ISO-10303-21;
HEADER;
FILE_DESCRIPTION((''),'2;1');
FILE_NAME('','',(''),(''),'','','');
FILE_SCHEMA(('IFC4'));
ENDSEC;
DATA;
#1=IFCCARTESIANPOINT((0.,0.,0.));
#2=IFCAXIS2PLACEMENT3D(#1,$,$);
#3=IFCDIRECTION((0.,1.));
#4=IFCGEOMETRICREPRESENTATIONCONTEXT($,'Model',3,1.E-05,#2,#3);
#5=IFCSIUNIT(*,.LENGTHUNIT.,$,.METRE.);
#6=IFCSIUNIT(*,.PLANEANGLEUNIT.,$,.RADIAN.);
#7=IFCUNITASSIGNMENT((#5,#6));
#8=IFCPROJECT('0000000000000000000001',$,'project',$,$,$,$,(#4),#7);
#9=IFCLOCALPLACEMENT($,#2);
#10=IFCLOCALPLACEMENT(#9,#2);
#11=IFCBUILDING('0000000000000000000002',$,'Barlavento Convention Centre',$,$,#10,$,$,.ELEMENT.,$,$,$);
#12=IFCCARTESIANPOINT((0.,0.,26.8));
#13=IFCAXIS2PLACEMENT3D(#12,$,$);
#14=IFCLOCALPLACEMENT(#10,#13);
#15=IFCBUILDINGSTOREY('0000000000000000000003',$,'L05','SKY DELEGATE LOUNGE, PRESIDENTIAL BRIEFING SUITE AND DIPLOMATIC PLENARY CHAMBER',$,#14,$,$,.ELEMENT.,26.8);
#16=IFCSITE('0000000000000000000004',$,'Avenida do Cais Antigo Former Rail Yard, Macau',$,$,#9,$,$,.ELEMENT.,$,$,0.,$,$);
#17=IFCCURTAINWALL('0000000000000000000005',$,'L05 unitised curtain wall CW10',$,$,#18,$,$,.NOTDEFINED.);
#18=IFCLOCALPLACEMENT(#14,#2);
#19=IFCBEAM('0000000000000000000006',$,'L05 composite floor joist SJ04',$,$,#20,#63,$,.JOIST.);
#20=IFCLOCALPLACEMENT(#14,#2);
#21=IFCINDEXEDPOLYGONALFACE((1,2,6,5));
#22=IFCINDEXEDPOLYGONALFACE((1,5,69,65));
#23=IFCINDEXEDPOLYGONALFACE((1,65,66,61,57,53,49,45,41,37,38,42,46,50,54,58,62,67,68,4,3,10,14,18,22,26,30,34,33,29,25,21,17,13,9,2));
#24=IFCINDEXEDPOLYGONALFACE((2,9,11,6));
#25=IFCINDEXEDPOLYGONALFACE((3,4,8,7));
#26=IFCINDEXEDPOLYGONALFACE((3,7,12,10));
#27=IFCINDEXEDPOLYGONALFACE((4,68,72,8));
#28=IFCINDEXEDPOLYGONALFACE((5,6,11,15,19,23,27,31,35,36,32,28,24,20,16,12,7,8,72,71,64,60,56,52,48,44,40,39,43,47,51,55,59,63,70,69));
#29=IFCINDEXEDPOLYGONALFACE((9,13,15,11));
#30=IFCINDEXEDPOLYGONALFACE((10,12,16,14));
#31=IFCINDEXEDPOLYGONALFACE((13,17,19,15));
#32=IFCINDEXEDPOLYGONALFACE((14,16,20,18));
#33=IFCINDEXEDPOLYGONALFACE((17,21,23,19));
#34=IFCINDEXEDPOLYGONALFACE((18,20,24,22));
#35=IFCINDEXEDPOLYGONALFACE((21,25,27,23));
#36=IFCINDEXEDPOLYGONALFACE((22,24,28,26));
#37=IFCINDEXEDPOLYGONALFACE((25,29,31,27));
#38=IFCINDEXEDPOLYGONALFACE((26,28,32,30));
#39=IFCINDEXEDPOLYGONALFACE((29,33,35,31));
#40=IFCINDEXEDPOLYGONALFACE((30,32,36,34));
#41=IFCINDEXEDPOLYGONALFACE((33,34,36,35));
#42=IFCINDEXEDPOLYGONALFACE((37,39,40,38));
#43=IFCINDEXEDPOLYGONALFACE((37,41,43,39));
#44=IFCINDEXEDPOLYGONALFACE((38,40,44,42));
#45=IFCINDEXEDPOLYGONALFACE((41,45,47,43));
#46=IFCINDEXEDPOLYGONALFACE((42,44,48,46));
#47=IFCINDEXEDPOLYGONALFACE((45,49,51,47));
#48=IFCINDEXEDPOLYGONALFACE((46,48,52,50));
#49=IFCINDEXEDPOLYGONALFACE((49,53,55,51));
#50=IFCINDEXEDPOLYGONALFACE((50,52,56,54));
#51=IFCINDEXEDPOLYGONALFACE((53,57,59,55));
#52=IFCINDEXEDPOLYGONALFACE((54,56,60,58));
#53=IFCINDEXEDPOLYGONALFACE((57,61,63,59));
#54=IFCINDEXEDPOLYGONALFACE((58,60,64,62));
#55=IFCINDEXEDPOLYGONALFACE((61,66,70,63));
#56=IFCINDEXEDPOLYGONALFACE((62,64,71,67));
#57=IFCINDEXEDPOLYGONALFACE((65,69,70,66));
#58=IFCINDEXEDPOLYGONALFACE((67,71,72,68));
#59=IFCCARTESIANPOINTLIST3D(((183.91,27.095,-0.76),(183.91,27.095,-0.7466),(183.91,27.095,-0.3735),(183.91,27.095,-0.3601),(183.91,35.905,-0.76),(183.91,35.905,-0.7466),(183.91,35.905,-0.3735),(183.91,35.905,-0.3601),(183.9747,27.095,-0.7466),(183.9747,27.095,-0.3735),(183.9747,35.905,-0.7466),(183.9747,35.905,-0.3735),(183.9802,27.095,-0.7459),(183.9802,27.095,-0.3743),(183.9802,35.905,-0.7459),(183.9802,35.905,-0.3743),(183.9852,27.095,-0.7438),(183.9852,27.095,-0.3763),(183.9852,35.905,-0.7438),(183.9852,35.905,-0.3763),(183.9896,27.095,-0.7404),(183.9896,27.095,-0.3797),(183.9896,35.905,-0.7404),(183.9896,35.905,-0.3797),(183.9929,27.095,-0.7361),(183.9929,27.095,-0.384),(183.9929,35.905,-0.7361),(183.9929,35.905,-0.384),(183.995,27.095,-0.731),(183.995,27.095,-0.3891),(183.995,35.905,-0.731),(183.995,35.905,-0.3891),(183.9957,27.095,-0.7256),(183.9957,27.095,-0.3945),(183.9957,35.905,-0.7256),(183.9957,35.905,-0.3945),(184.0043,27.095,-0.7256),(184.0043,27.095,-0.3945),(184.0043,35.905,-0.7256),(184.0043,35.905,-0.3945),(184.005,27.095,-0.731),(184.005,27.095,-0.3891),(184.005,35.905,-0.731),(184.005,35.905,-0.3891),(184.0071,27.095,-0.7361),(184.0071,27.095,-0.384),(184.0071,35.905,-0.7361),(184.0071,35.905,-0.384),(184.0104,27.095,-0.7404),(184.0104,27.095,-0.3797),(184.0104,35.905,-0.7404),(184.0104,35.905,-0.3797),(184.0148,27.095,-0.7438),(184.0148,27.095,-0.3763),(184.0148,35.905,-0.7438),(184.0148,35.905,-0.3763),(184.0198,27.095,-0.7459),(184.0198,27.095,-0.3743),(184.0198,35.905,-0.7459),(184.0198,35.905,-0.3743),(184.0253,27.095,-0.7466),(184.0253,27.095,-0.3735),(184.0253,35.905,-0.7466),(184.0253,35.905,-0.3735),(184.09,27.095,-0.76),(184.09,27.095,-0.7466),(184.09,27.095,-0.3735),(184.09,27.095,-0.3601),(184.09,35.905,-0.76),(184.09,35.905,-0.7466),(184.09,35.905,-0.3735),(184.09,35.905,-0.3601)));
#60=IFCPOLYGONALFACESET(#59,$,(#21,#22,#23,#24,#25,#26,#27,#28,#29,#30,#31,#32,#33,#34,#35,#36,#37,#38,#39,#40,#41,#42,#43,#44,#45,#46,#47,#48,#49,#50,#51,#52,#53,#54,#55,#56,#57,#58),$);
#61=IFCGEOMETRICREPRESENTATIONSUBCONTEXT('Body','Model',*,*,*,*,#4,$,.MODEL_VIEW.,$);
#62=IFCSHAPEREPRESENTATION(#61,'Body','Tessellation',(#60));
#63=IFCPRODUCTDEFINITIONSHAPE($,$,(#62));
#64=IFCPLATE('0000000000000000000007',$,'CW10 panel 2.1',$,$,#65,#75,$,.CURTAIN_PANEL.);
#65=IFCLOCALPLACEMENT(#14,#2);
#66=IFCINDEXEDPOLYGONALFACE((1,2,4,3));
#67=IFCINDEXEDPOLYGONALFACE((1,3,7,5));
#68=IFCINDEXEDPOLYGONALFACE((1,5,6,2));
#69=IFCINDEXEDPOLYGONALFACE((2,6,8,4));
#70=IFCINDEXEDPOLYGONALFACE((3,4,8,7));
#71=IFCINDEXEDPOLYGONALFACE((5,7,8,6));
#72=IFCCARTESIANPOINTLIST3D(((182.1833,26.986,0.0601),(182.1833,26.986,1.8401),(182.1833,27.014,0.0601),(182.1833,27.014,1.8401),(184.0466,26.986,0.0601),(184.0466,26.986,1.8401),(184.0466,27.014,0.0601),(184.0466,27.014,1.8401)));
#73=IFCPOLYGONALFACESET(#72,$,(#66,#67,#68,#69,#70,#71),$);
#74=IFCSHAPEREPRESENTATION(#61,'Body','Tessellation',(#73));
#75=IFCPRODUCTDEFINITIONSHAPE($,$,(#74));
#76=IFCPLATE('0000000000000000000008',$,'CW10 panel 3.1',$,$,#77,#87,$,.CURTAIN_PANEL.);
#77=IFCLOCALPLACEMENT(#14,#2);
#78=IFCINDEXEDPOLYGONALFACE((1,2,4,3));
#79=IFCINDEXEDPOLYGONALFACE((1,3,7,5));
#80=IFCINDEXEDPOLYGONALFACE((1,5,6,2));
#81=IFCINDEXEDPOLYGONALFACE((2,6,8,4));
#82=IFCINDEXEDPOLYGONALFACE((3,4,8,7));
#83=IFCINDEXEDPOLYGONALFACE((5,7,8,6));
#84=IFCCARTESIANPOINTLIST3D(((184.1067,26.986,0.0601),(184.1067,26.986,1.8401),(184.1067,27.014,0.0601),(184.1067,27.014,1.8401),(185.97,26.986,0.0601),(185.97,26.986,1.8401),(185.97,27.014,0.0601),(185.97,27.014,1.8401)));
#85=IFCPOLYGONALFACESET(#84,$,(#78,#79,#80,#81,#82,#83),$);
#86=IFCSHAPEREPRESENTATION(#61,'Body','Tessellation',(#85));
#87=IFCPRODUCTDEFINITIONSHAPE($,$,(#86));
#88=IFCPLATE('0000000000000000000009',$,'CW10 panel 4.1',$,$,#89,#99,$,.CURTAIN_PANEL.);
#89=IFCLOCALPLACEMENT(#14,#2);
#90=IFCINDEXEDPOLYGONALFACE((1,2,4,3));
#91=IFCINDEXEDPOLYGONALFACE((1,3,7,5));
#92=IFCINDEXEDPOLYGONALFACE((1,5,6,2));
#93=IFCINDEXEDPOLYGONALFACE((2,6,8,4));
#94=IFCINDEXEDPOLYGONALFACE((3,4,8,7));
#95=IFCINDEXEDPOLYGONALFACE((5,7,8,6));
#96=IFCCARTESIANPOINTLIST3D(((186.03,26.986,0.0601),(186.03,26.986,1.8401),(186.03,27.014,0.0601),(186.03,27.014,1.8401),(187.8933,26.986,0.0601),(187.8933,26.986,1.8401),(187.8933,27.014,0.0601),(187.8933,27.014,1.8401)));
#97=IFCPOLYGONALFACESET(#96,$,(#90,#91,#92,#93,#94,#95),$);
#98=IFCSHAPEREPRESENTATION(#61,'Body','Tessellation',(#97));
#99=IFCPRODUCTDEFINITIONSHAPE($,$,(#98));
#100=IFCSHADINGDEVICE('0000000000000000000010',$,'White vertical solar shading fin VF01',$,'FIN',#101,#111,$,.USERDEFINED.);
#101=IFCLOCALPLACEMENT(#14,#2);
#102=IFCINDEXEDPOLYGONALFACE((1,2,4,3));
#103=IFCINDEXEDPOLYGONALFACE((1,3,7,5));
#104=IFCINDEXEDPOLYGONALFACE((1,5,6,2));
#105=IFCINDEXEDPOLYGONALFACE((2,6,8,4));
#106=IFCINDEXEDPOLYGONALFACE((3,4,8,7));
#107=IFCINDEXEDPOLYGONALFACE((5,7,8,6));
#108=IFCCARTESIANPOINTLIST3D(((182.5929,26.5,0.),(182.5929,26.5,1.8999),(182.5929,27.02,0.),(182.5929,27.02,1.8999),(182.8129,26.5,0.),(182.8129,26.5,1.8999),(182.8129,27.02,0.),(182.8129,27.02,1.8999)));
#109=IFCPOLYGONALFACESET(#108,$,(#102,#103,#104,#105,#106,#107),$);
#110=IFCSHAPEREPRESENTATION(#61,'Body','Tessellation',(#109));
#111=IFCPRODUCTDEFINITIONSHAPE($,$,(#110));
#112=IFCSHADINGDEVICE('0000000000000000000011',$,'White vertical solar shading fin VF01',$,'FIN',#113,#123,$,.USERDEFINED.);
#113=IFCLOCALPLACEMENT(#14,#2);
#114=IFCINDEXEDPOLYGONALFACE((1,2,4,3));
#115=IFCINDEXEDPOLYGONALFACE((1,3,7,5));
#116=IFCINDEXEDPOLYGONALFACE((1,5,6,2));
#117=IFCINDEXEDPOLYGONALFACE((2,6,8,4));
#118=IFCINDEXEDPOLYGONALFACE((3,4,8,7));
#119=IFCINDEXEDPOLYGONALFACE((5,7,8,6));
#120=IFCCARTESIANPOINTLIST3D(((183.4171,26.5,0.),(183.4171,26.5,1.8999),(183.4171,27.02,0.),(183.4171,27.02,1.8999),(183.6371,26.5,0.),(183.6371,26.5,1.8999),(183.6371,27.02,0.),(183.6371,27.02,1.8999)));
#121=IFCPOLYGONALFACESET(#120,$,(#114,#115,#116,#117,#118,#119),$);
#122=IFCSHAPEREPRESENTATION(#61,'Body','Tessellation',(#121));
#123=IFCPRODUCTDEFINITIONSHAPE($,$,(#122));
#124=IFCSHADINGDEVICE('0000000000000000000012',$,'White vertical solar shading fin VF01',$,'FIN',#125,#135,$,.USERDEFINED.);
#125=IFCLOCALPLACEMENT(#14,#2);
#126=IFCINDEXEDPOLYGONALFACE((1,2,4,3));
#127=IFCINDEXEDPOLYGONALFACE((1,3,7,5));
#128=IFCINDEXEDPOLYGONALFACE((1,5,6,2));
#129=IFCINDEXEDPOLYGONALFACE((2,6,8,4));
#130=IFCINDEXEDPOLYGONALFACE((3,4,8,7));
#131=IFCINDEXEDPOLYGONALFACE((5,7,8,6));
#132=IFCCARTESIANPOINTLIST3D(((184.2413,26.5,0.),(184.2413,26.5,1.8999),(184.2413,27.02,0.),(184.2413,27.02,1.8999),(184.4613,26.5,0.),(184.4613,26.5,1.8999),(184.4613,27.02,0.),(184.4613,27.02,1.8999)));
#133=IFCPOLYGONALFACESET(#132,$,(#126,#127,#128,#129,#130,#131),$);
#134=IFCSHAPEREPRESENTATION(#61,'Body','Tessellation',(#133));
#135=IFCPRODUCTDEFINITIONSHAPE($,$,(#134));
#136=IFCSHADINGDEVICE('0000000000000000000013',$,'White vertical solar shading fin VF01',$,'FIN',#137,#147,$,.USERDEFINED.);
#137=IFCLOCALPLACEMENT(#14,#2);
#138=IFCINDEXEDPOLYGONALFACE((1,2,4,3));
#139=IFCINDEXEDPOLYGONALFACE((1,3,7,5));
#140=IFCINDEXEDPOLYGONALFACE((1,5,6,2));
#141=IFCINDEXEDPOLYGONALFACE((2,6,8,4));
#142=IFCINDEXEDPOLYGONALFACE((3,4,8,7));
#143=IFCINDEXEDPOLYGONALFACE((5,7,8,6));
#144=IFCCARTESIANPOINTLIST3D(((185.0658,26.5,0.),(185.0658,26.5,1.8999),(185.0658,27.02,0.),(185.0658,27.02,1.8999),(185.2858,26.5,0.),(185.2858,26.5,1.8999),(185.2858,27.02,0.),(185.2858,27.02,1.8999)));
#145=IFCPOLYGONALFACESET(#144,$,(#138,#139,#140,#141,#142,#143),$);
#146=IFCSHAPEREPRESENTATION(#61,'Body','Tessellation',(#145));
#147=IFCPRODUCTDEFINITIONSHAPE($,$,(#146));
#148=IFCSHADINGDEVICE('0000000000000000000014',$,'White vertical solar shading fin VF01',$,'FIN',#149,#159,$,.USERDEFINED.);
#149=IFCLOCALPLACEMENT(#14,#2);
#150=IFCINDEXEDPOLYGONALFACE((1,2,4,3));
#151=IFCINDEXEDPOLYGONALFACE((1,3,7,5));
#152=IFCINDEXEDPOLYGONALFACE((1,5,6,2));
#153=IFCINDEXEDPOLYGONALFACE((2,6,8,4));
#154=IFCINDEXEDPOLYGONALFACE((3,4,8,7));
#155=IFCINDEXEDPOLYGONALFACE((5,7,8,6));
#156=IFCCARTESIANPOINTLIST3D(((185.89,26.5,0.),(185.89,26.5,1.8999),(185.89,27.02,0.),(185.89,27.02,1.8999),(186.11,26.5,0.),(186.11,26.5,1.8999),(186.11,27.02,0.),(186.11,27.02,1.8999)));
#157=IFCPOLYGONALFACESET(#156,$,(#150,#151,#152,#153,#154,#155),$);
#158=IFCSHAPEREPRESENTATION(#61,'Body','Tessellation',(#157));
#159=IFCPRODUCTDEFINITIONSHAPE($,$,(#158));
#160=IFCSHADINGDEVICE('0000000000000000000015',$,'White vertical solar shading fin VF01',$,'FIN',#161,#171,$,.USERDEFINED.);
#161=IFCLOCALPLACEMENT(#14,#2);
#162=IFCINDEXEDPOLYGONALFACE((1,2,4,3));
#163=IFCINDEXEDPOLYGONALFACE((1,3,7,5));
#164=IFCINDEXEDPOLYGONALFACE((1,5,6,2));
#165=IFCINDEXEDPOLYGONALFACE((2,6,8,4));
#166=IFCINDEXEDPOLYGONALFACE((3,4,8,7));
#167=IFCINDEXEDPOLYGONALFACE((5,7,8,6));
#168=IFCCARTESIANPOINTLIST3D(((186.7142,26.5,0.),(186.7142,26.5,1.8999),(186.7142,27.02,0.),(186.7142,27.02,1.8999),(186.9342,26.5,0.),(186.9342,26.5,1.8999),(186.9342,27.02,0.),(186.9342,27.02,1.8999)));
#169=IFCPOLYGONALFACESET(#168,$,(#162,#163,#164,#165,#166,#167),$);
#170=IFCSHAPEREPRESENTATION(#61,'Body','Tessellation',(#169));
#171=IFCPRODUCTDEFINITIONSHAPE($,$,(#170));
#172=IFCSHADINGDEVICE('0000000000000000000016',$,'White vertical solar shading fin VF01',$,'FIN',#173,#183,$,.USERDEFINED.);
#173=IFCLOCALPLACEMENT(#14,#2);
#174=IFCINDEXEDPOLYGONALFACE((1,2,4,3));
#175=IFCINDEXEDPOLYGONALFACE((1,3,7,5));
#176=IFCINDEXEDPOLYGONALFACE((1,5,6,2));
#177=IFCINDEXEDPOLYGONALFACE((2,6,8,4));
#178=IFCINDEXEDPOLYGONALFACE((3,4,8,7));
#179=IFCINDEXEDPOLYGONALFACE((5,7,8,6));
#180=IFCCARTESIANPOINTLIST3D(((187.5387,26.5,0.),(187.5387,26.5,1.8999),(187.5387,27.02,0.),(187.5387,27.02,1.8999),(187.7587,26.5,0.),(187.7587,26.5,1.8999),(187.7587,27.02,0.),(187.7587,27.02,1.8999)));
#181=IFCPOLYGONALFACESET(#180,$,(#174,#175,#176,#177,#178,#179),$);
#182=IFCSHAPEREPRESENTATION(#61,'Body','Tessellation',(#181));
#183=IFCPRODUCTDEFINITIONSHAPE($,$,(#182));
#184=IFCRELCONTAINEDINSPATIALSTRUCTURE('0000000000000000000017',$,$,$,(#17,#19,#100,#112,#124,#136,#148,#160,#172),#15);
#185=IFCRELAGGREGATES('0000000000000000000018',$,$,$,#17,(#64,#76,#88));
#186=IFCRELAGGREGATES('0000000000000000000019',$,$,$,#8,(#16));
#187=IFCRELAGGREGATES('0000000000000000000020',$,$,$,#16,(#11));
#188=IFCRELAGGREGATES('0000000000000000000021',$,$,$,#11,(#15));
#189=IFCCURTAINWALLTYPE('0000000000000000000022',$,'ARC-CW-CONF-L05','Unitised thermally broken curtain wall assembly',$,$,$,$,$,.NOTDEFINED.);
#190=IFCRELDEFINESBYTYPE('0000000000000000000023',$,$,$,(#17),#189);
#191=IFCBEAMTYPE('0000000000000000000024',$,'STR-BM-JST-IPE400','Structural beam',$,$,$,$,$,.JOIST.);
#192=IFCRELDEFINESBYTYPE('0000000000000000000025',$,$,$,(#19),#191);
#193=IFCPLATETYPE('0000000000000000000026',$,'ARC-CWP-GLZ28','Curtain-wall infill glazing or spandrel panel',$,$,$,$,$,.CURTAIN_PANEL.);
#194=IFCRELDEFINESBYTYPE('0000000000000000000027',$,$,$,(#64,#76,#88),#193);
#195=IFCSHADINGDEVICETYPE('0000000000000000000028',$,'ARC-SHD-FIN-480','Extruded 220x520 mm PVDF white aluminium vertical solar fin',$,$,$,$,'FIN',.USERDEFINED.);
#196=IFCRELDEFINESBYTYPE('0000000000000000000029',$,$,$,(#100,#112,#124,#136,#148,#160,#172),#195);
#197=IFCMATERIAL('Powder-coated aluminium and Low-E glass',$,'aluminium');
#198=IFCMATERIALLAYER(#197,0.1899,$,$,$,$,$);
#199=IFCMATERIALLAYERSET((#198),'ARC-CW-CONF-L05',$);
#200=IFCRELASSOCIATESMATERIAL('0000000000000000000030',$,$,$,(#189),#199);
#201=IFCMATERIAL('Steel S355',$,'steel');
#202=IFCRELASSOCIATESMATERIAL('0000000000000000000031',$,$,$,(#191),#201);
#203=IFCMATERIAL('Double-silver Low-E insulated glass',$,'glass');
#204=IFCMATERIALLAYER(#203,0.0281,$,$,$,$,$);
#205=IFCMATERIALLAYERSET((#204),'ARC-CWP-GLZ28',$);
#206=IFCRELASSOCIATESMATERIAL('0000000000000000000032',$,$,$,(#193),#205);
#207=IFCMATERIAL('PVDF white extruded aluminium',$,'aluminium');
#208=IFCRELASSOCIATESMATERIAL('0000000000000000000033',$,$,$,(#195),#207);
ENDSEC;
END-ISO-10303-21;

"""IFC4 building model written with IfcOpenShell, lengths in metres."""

from ifc_helpers import new_model, si_unit, direction, frame, origin, origin_2d, place, context, subcontext, project, spatial, rectangle, i_section, extrude, material, layer, layer_set, material_profile, profile_set, type_object, element, aggregate, save


model = new_model("IFC4")

# Units and contexts
model_context = context("Model", 3, precision=1e-05, world=origin(), true_north=direction((0.0, 1.0)))
body_context = subcontext(model_context, "Body", "Model", "MODEL_VIEW")
ifc_project = project(units=[si_unit("LENGTHUNIT", "METRE"), si_unit("PLANEANGLEUNIT", "RADIAN")], contexts=[model_context])

# Site, building, storey
site_placement = place(None, origin())
site = spatial("IfcSite", under=ifc_project, at=site_placement, Name="Avenida do Cais Antigo Former Rail Yard, Macau", CompositionType="ELEMENT", RefElevation=0.0)
building_placement = place(site_placement, origin())
building = spatial("IfcBuilding", under=site, at=building_placement, Name="Barlavento Convention Centre", CompositionType="ELEMENT")
storey_placement = place(building_placement, frame((0.0, 0.0, 26.8)))
storey = spatial("IfcBuildingStorey", under=building, at=storey_placement, Name="L05", Description="SKY DELEGATE LOUNGE, PRESIDENTIAL BRIEFING SUITE AND DIPLOMATIC PLENARY CHAMBER", CompositionType="ELEMENT", Elevation=26.8)

# Curtain wall
ifc_material_1 = material(Name="Powder-coated aluminium and Low-E glass", Category="aluminium")
ifc_layer_1 = layer(ifc_material_1, 0.1899)
ifc_layer_set_1 = layer_set([ifc_layer_1], Name="ARC-CW-CONF-L05")
curtain_wall_type = type_object("IfcCurtainWallType", Name="ARC-CW-CONF-L05", Description="Unitised thermally broken curtain wall assembly", PredefinedType="NOTDEFINED", material=ifc_layer_set_1)
curtain_wall_placement = place(storey_placement, origin())
curtain_wall = element("IfcCurtainWall", 1, at=curtain_wall_placement, inside=storey, type_object=curtain_wall_type, Name="L05 unitised curtain wall CW10", PredefinedType="NOTDEFINED")

# Beam
ifc_material_2 = material(Name="Steel S355", Category="steel")
ifc_material_profile_1 = material_profile(ifc_material_2, i_section(OverallWidth=0.1799, OverallDepth=0.3999, WebThickness=0.0085, FlangeThickness=0.0134, FilletRadius=0.021, at=origin_2d()), Name="IPE 400")
ifc_profile_set_1 = profile_set([ifc_material_profile_1], Name="Steel S355")
beam_type = type_object("IfcBeamType", Name="STR-BM-JST-IPE400", Description="Structural beam", PredefinedType="JOIST", material=ifc_profile_set_1)
beam_placement = place(storey_placement, frame((184.0, 27.095, -0.5601), z_axis=(0.0, 1.0, 0.0), x_axis=(-1.0, 0.0, 0.0)))
element("IfcBeam", 2, at=beam_placement, inside=storey, type_object=beam_type, Name="L05 composite floor joist SJ04", PredefinedType="JOIST", context=body_context, shape_type="SweptSolid", body=[
    extrude(i_section(OverallWidth=0.1799, OverallDepth=0.3999, WebThickness=0.0085, FlangeThickness=0.0134, FilletRadius=0.021, at=origin_2d()), origin(), (0.0, 0.0, 1.0), 8.8101),
])

# Plates
ifc_material_3 = material(Name="Double-silver Low-E insulated glass", Category="glass")
ifc_layer_2 = layer(ifc_material_3, 0.0281)
ifc_layer_set_2 = layer_set([ifc_layer_2], Name="ARC-CWP-GLZ28")
plate_type = type_object("IfcPlateType", Name="ARC-CWP-GLZ28", Description="Curtain-wall infill glazing or spandrel panel", PredefinedType="CURTAIN_PANEL", material=ifc_layer_set_2)
plate_1_placement = place(storey_placement, frame((183.115, 27.0, 0.0601), z_axis=(0.0, 0.0, 1.0), x_axis=(1.0, 0.0, 0.0)))
plate_1 = element("IfcPlate", 3, at=plate_1_placement, type_object=plate_type, Name="CW10 panel 2.1", PredefinedType="CURTAIN_PANEL", context=body_context, shape_type="SweptSolid", body=[
    extrude(rectangle(XDim=1.8633, YDim=0.0281, at=origin_2d()), origin(), (0.0, 0.0, 1.0), 1.78),
])
plate_2_placement = place(storey_placement, frame((185.0383, 27.0, 0.0601), z_axis=(0.0, 0.0, 1.0), x_axis=(1.0, 0.0, 0.0)))
plate_2 = element("IfcPlate", 4, at=plate_2_placement, type_object=plate_type, Name="CW10 panel 3.1", PredefinedType="CURTAIN_PANEL", context=body_context, shape_type="SweptSolid", body=[
    extrude(rectangle(XDim=1.8633, YDim=0.0281, at=origin_2d()), origin(), (0.0, 0.0, 1.0), 1.78),
])
plate_3_placement = place(storey_placement, frame((186.9617, 27.0, 0.0601), z_axis=(0.0, 0.0, 1.0), x_axis=(1.0, 0.0, 0.0)))
plate_3 = element("IfcPlate", 5, at=plate_3_placement, type_object=plate_type, Name="CW10 panel 4.1", PredefinedType="CURTAIN_PANEL", context=body_context, shape_type="SweptSolid", body=[
    extrude(rectangle(XDim=1.8633, YDim=0.0281, at=origin_2d()), origin(), (0.0, 0.0, 1.0), 1.78),
])
aggregate(curtain_wall, [plate_1, plate_2, plate_3])

# Shading devices
ifc_material_4 = material(Name="PVDF white extruded aluminium", Category="aluminium")
shading_device_type = type_object("IfcShadingDeviceType", Name="ARC-SHD-FIN-480", Description="Extruded 220x520 mm PVDF white aluminium vertical solar fin", ElementType="FIN", PredefinedType="USERDEFINED", material=ifc_material_4)
for number, where, z_axis, x_axis, name in (
    (6, (182.7029, 26.76, 0.0), (0.0, 0.0, 1.0), (1.0, 0.0, 0.0), "White vertical solar shading fin VF01"),
    (7, (183.5271, 26.76, 0.0), (0.0, 0.0, 1.0), (1.0, 0.0, 0.0), "White vertical solar shading fin VF01"),
    (8, (184.3513, 26.76, 0.0), (0.0, 0.0, 1.0), (1.0, 0.0, 0.0), "White vertical solar shading fin VF01"),
    (9, (185.1758, 26.76, 0.0), (0.0, 0.0, 1.0), (1.0, 0.0, 0.0), "White vertical solar shading fin VF01"),
    (10, (186.0, 26.76, 0.0), (0.0, 0.0, 1.0), (1.0, 0.0, 0.0), "White vertical solar shading fin VF01"),
    (11, (186.8242, 26.76, 0.0), (0.0, 0.0, 1.0), (1.0, 0.0, 0.0), "White vertical solar shading fin VF01"),
    (12, (187.6487, 26.76, 0.0), (0.0, 0.0, 1.0), (1.0, 0.0, 0.0), "White vertical solar shading fin VF01"),
):
    element("IfcShadingDevice", number, at=place(storey_placement, frame(where, z_axis=z_axis, x_axis=x_axis)), inside=storey, type_object=shading_device_type, Name=name, ObjectType="FIN", PredefinedType="USERDEFINED", context=body_context, shape_type="SweptSolid", body=[
        extrude(rectangle(XDim=0.22, YDim=0.52, at=origin_2d()), origin(), (0.0, 0.0, 1.0), 1.8999),
    ])

save(model, "model.ifc")
